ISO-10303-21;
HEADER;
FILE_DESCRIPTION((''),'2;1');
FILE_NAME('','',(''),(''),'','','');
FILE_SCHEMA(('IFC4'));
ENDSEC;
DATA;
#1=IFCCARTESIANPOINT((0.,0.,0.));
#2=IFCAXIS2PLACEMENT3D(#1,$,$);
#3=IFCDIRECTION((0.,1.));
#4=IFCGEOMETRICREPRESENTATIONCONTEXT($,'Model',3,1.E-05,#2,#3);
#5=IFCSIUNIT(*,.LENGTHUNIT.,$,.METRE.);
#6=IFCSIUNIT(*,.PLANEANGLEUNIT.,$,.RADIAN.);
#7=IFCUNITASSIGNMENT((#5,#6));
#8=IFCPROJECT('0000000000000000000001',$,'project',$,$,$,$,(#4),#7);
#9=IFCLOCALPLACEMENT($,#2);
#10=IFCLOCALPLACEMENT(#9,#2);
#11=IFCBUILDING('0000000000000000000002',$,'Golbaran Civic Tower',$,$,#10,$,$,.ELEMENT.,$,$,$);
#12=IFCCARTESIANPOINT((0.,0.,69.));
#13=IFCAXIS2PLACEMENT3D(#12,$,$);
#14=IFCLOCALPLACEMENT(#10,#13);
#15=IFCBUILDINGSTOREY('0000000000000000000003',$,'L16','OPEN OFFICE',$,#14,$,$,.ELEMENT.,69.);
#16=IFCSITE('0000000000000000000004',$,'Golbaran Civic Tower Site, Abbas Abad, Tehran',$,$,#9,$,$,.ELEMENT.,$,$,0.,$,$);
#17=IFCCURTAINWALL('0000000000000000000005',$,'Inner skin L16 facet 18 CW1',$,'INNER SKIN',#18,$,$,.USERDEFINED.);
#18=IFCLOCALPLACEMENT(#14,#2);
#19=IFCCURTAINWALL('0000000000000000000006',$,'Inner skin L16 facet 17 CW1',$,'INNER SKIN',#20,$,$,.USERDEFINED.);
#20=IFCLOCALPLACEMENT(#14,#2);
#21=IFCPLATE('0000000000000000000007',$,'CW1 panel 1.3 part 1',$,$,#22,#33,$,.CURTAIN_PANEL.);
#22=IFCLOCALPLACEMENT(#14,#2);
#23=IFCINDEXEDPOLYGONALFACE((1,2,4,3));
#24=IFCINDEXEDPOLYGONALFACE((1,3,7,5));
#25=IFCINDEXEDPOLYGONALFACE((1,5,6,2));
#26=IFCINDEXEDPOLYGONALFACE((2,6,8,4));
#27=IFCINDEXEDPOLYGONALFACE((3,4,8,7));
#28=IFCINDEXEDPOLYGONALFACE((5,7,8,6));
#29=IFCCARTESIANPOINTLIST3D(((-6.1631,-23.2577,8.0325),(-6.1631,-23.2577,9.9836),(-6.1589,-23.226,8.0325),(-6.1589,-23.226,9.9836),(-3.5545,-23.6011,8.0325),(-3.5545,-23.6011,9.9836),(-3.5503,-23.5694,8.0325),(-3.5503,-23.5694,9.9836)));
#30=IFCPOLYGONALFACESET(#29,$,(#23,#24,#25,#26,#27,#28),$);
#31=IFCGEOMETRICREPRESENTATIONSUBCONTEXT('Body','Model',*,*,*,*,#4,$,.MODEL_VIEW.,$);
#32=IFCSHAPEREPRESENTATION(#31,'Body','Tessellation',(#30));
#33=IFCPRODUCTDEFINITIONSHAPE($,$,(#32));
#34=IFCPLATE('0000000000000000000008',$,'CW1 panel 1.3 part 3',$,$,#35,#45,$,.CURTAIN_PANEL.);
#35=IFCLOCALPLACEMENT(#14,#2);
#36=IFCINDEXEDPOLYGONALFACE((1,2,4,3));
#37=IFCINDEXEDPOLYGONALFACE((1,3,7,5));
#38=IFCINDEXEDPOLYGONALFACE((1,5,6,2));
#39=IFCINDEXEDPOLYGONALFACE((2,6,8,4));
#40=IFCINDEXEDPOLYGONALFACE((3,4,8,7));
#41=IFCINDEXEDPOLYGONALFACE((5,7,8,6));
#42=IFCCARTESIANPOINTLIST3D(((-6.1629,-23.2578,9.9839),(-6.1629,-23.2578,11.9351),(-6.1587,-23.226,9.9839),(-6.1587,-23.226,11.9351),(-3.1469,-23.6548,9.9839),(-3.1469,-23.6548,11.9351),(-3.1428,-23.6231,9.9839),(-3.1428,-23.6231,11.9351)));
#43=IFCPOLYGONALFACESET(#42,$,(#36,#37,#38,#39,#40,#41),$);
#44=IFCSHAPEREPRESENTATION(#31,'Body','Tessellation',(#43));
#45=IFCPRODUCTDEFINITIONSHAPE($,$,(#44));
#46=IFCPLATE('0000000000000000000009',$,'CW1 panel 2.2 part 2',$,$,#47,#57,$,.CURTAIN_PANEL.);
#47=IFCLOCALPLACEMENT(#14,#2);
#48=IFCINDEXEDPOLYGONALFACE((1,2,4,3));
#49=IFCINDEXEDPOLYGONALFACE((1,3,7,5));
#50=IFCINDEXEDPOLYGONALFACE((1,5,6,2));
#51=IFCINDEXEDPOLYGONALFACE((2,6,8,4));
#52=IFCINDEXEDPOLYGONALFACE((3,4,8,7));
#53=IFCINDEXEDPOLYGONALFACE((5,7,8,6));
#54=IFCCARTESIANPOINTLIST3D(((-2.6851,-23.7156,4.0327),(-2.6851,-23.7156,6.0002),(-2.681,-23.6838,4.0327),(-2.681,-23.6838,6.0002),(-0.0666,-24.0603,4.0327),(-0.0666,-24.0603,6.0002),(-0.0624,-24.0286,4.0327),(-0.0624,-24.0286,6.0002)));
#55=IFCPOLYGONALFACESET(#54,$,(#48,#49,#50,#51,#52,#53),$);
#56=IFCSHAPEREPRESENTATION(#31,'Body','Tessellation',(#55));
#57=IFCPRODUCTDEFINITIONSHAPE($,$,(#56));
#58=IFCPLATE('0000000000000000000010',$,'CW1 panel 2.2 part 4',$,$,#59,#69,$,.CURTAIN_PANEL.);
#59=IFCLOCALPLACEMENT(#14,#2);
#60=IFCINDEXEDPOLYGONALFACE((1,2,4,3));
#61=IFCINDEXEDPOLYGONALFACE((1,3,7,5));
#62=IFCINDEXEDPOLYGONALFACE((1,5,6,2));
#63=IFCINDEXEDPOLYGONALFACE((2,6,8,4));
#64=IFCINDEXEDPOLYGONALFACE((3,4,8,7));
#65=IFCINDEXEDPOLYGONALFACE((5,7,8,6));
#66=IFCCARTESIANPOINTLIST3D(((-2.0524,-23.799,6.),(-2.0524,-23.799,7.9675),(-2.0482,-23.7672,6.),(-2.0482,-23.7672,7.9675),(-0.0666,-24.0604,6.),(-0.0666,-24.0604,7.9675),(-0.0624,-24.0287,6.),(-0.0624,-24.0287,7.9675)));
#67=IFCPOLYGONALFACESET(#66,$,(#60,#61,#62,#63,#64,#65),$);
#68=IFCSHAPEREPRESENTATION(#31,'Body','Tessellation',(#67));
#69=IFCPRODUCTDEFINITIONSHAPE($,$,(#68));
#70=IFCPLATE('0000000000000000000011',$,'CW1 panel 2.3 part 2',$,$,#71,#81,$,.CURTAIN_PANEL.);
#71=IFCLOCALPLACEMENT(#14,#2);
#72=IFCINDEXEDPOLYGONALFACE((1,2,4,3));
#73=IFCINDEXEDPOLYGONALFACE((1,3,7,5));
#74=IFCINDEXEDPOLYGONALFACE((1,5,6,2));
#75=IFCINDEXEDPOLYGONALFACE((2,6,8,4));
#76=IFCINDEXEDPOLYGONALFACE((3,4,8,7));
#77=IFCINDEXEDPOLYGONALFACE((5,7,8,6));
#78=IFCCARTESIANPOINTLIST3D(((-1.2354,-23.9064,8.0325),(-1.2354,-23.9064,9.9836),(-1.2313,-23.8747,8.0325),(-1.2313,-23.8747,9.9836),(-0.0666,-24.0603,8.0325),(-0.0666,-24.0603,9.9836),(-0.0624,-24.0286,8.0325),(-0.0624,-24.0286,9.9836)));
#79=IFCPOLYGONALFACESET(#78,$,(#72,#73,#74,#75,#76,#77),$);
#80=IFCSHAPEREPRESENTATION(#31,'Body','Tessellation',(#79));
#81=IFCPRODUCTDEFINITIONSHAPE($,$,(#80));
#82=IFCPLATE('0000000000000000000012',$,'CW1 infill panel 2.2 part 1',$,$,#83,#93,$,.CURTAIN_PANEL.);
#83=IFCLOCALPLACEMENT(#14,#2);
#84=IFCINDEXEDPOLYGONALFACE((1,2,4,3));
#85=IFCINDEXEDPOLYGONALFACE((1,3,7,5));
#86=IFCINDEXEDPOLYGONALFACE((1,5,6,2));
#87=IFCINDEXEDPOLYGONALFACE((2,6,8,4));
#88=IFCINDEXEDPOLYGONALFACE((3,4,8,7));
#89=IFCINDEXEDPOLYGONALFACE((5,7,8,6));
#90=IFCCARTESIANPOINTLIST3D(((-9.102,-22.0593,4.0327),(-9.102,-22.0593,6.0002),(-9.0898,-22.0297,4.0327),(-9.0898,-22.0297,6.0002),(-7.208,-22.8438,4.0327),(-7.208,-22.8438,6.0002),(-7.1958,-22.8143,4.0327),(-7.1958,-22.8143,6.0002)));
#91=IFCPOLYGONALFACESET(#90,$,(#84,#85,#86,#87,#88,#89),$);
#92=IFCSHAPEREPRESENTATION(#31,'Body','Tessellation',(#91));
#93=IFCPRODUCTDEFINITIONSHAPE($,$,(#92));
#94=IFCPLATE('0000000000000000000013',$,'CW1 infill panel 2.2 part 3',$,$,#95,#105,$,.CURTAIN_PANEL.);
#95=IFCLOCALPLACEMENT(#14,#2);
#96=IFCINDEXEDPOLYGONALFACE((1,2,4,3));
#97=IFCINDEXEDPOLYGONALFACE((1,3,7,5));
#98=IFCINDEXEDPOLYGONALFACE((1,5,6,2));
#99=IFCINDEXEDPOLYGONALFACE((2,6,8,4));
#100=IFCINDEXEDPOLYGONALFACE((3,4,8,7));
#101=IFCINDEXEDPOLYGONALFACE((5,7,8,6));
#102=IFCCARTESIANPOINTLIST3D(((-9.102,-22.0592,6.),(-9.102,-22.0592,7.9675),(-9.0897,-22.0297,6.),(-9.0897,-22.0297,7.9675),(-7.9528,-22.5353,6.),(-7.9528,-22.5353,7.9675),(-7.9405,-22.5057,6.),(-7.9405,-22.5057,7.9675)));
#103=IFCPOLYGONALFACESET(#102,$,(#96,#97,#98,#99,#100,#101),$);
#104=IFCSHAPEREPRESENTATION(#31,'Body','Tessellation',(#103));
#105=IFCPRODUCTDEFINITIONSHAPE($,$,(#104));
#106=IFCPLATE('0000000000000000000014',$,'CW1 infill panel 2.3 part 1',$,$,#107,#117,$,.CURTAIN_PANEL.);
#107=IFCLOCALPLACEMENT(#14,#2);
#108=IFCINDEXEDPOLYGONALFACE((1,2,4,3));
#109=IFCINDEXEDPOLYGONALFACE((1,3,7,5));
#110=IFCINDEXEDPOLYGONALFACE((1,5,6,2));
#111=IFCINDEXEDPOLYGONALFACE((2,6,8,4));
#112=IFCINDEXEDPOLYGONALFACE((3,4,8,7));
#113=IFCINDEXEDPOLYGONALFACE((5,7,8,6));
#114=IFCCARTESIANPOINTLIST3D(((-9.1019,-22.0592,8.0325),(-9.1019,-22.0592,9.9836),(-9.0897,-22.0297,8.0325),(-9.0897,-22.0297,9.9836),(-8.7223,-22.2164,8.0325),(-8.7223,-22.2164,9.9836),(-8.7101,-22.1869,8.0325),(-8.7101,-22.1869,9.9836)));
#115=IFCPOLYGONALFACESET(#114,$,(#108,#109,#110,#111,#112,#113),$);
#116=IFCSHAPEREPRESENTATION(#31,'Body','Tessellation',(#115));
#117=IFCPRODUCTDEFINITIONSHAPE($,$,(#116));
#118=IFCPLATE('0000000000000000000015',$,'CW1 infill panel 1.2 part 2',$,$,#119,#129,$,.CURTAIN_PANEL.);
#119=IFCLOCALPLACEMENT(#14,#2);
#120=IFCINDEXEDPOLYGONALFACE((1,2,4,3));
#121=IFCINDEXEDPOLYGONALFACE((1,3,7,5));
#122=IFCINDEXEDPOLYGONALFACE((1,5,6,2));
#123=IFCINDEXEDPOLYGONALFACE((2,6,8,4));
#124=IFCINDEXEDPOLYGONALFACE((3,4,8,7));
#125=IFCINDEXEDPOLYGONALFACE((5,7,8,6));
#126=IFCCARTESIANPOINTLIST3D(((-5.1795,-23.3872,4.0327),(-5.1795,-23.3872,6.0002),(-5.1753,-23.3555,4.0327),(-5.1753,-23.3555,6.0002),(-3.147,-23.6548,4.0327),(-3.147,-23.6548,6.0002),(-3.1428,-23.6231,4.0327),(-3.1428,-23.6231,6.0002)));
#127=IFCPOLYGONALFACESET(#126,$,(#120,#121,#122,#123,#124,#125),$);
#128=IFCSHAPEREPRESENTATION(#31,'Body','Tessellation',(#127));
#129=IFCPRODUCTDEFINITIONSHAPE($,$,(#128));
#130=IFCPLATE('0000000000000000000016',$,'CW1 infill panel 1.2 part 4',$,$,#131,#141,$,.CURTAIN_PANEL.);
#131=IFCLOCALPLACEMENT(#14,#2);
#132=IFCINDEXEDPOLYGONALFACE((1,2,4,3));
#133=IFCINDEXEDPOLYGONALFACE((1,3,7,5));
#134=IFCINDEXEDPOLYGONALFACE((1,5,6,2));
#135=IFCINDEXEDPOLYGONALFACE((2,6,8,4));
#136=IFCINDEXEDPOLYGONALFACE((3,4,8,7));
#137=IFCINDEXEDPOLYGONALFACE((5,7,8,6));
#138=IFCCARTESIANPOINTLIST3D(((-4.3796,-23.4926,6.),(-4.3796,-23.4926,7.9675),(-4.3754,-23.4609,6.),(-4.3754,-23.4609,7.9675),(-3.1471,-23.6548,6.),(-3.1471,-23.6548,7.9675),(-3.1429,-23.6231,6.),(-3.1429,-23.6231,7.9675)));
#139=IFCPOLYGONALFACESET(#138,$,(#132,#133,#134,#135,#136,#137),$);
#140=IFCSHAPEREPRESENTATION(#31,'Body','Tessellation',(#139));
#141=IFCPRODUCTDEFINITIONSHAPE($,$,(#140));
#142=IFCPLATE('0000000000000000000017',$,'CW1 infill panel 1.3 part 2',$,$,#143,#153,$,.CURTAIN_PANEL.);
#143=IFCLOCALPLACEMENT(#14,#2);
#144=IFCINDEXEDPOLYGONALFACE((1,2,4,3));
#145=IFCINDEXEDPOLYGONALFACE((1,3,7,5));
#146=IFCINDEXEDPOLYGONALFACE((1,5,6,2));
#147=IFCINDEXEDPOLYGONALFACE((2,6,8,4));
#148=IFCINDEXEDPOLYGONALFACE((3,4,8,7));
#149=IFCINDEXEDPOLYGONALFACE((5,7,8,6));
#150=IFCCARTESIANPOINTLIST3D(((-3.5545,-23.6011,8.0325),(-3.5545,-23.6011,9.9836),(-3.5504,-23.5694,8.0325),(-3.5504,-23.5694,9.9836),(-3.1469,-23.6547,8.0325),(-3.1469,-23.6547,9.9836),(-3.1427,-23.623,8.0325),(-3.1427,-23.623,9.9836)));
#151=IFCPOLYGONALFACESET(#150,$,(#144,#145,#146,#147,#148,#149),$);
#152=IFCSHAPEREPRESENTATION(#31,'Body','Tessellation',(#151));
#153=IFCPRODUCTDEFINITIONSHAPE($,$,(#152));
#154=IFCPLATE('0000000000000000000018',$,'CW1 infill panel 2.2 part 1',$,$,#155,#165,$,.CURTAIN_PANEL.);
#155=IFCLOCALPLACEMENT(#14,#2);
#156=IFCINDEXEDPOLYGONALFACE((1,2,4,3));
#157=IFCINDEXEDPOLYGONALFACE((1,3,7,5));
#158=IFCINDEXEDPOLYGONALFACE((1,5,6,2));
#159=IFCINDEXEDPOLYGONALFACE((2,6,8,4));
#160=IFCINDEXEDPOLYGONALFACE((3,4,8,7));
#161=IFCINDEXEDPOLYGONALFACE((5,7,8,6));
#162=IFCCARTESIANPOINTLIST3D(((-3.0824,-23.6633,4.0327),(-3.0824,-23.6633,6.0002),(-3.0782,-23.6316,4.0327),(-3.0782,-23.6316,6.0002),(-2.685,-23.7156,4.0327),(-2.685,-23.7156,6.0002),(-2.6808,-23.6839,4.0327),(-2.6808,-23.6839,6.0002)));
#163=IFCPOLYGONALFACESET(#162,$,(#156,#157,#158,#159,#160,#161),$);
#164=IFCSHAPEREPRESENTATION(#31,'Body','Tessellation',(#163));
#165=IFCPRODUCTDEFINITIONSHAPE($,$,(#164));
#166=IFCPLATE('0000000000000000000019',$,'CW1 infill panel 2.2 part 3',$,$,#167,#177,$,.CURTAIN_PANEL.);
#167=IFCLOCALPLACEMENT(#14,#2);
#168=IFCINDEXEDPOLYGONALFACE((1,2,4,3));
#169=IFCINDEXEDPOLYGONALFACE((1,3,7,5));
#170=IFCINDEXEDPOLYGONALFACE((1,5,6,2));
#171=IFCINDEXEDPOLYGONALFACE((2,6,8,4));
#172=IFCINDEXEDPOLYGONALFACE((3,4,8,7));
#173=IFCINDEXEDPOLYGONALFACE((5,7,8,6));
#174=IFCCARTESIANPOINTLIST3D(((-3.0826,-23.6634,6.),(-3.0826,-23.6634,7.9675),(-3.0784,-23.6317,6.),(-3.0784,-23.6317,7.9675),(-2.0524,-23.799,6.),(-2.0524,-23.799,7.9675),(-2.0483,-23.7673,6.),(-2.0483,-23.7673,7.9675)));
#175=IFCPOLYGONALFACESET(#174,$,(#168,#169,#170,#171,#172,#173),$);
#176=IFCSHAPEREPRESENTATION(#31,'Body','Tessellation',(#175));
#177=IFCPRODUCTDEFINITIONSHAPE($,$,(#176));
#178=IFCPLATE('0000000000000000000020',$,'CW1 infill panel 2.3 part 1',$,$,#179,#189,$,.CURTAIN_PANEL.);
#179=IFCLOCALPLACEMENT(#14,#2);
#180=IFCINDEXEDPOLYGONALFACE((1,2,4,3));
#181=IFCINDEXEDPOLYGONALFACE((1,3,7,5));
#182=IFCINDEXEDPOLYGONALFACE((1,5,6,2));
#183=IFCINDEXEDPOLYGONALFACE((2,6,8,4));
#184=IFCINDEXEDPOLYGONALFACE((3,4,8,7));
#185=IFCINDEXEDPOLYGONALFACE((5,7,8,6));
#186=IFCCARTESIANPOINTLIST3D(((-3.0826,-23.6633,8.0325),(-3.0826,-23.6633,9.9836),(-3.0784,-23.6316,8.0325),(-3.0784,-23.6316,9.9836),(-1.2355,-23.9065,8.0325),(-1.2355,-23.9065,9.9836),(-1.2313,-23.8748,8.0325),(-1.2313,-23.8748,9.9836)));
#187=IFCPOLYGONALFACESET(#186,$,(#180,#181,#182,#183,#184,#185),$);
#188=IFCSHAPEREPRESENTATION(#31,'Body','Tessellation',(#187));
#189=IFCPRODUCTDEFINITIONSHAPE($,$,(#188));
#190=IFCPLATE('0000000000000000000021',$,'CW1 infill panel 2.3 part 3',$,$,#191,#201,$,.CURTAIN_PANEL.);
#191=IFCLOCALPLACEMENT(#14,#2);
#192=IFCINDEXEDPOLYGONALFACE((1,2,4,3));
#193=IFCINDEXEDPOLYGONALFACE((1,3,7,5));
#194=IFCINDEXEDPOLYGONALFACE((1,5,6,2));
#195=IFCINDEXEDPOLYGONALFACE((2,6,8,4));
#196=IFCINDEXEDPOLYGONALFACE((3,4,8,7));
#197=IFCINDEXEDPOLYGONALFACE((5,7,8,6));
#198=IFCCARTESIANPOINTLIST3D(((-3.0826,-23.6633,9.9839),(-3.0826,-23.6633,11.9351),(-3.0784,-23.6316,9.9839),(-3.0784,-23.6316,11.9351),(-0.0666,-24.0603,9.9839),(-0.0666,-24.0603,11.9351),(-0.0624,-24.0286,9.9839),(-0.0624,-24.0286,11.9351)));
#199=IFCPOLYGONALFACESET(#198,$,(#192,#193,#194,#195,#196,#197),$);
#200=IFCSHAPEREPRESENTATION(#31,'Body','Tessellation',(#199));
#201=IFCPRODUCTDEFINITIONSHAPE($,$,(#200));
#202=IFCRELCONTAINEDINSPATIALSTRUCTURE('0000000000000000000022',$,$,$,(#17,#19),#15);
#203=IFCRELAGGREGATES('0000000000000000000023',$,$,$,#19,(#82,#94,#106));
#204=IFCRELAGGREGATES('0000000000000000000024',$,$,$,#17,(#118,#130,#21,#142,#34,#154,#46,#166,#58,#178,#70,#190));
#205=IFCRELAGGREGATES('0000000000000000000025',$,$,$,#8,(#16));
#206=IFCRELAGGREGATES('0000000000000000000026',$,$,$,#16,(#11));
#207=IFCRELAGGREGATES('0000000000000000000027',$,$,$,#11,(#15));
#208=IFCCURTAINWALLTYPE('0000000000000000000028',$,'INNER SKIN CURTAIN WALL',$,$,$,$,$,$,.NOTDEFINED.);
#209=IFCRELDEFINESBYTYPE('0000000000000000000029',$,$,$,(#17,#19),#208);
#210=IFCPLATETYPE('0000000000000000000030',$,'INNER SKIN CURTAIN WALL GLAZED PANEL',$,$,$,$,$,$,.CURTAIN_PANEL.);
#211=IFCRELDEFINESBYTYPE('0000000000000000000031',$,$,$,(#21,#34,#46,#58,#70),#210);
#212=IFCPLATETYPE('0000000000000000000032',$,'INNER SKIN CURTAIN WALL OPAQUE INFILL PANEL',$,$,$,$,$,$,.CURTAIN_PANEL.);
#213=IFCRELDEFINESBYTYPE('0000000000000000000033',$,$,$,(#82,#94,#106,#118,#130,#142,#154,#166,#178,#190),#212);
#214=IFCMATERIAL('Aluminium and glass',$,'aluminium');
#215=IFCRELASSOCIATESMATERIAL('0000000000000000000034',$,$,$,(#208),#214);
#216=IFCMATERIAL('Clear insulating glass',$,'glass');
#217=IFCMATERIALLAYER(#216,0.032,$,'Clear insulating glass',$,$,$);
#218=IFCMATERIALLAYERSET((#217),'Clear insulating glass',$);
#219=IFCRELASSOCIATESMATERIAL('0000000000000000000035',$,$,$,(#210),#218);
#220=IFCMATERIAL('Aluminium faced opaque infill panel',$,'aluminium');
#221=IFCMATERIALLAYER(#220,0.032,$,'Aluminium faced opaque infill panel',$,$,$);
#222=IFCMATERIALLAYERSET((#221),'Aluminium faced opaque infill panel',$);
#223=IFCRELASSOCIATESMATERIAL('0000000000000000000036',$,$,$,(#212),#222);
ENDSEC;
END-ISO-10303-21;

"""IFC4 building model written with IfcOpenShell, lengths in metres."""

from ifc_helpers import new_model, si_unit, direction, frame, origin, origin_2d, place, context, subcontext, project, spatial, rectangle, extrude, material, layer, layer_set, type_object, element, aggregate, save


model = new_model("IFC4")

# Units and contexts
model_context = context("Model", 3, precision=1e-05, world=origin(), true_north=direction((0.0, 1.0)))
body_context = subcontext(model_context, "Body", "Model", "MODEL_VIEW")
ifc_project = project(units=[si_unit("LENGTHUNIT", "METRE"), si_unit("PLANEANGLEUNIT", "RADIAN")], contexts=[model_context])

# Site, building, storey
site_placement = place(None, origin())
site = spatial("IfcSite", under=ifc_project, at=site_placement, Name="Golbaran Civic Tower Site, Abbas Abad, Tehran", CompositionType="ELEMENT", RefElevation=0.0)
building_placement = place(site_placement, origin())
building = spatial("IfcBuilding", under=site, at=building_placement, Name="Golbaran Civic Tower", CompositionType="ELEMENT")
storey_placement = place(building_placement, frame((0.0, 0.0, 69.0)))
storey = spatial("IfcBuildingStorey", under=building, at=storey_placement, Name="L16", Description="OPEN OFFICE", CompositionType="ELEMENT", Elevation=69.0)

# Curtain wall
ifc_material_1 = material(Name="Aluminium and glass", Category="aluminium")
curtain_wall_type_1 = type_object("IfcCurtainWallType", Name="INNER SKIN CURTAIN WALL", PredefinedType="NOTDEFINED", material=ifc_material_1)
curtain_wall_1_placement = place(storey_placement, origin())
curtain_wall_1 = element("IfcCurtainWall", 1, at=curtain_wall_1_placement, inside=storey, type_object=curtain_wall_type_1, Name="Inner skin L16 facet 18 CW1", ObjectType="INNER SKIN", PredefinedType="USERDEFINED")

# Curtain wall
curtain_wall_2_placement = place(storey_placement, origin())
curtain_wall_2 = element("IfcCurtainWall", 2, at=curtain_wall_2_placement, inside=storey, type_object=curtain_wall_type_1, Name="Inner skin L16 facet 17 CW1", ObjectType="INNER SKIN", PredefinedType="USERDEFINED")
ifc_material_2 = material(Name="Clear insulating glass", Category="glass")
ifc_layer_1 = layer(ifc_material_2, 0.032, Name="Clear insulating glass")
ifc_layer_set_1 = layer_set([ifc_layer_1], Name="Clear insulating glass")
plate_type_1 = type_object("IfcPlateType", Name="INNER SKIN CURTAIN WALL GLAZED PANEL", PredefinedType="CURTAIN_PANEL", material=ifc_layer_set_1)

# Plates
plate_1_placement = place(storey_placement, frame((-4.8567, -23.4136, 8.0325), z_axis=(0.0, 0.0, 1.0), x_axis=(0.991445, -0.130526, 0.0)))
plate_1 = element("IfcPlate", 3, at=plate_1_placement, type_object=plate_type_1, Name="CW1 panel 1.3 part 1", PredefinedType="CURTAIN_PANEL", context=body_context, shape_type="SweptSolid", body=[
    extrude(rectangle(XDim=2.6311, YDim=0.032, at=origin_2d()), origin(), (0.0, 0.0, 1.0), 1.9512),
])
plate_2_placement = place(storey_placement, frame((-4.6528, -23.4404, 9.9839), z_axis=(0.0, 0.0, 1.0), x_axis=(0.991445, -0.130526, 0.0)))
plate_2 = element("IfcPlate", 4, at=plate_2_placement, type_object=plate_type_1, Name="CW1 panel 1.3 part 3", PredefinedType="CURTAIN_PANEL", context=body_context, shape_type="SweptSolid", body=[
    extrude(rectangle(XDim=3.042, YDim=0.032, at=origin_2d()), origin(), (0.0, 0.0, 1.0), 1.9512),
])
plate_3_placement = place(storey_placement, frame((-1.3738, -23.8721, 4.0327), z_axis=(0.0, 0.0, 1.0), x_axis=(0.991445, -0.130526, 0.0)))
plate_3 = element("IfcPlate", 5, at=plate_3_placement, type_object=plate_type_1, Name="CW1 panel 2.2 part 2", PredefinedType="CURTAIN_PANEL", context=body_context, shape_type="SweptSolid", body=[
    extrude(rectangle(XDim=2.6411, YDim=0.032, at=origin_2d()), origin(), (0.0, 0.0, 1.0), 1.9675),
])
plate_4_placement = place(storey_placement, frame((-1.0574, -23.9138, 6.0), z_axis=(0.0, 0.0, 1.0), x_axis=(0.991445, -0.130526, 0.0)))
plate_4 = element("IfcPlate", 6, at=plate_4_placement, type_object=plate_type_1, Name="CW1 panel 2.2 part 4", PredefinedType="CURTAIN_PANEL", context=body_context, shape_type="SweptSolid", body=[
    extrude(rectangle(XDim=2.0029, YDim=0.032, at=origin_2d()), origin(), (0.0, 0.0, 1.0), 1.9675),
])
plate_5_placement = place(storey_placement, frame((-0.6489, -23.9675, 8.0325), z_axis=(0.0, 0.0, 1.0), x_axis=(0.991445, -0.130526, 0.0)))
plate_5 = element("IfcPlate", 7, at=plate_5_placement, type_object=plate_type_1, Name="CW1 panel 2.3 part 2", PredefinedType="CURTAIN_PANEL", context=body_context, shape_type="SweptSolid", body=[
    extrude(rectangle(XDim=1.179, YDim=0.032, at=origin_2d()), origin(), (0.0, 0.0, 1.0), 1.9512),
])
ifc_material_3 = material(Name="Aluminium faced opaque infill panel", Category="aluminium")
ifc_layer_2 = layer(ifc_material_3, 0.032, Name="Aluminium faced opaque infill panel")
ifc_layer_set_2 = layer_set([ifc_layer_2], Name="Aluminium faced opaque infill panel")
plate_type_2 = type_object("IfcPlateType", Name="INNER SKIN CURTAIN WALL OPAQUE INFILL PANEL", PredefinedType="CURTAIN_PANEL", material=ifc_layer_set_2)
plate_6_placement = place(storey_placement, frame((-8.1489, -22.4368, 4.0327), z_axis=(0.0, 0.0, 1.0), x_axis=(0.92388, -0.382683, 0.0)))
plate_6 = element("IfcPlate", 8, at=plate_6_placement, type_object=plate_type_2, Name="CW1 infill panel 2.2 part 1", PredefinedType="CURTAIN_PANEL", context=body_context, shape_type="SweptSolid", body=[
    extrude(rectangle(XDim=2.05, YDim=0.032, at=origin_2d()), origin(), (0.0, 0.0, 1.0), 1.9675),
])
plate_7_placement = place(storey_placement, frame((-8.5212, -22.2825, 6.0), z_axis=(0.0, 0.0, 1.0), x_axis=(0.92388, -0.382683, 0.0)))
plate_7 = element("IfcPlate", 9, at=plate_7_placement, type_object=plate_type_2, Name="CW1 infill panel 2.2 part 3", PredefinedType="CURTAIN_PANEL", context=body_context, shape_type="SweptSolid", body=[
    extrude(rectangle(XDim=1.2439, YDim=0.032, at=origin_2d()), origin(), (0.0, 0.0, 1.0), 1.9675),
])
plate_8_placement = place(storey_placement, frame((-8.906, -22.123, 8.0325), z_axis=(0.0, 0.0, 1.0), x_axis=(0.92388, -0.382683, 0.0)))
plate_8 = element("IfcPlate", 10, at=plate_8_placement, type_object=plate_type_2, Name="CW1 infill panel 2.3 part 1", PredefinedType="CURTAIN_PANEL", context=body_context, shape_type="SweptSolid", body=[
    extrude(rectangle(XDim=0.4109, YDim=0.032, at=origin_2d()), origin(), (0.0, 0.0, 1.0), 1.9512),
])
aggregate(curtain_wall_2, [plate_6, plate_7, plate_8])
plate_9_placement = place(storey_placement, frame((-4.1611, -23.5051, 4.0327), z_axis=(0.0, 0.0, 1.0), x_axis=(0.991445, -0.130526, 0.0)))
plate_9 = element("IfcPlate", 11, at=plate_9_placement, type_object=plate_type_2, Name="CW1 infill panel 1.2 part 2", PredefinedType="CURTAIN_PANEL", context=body_context, shape_type="SweptSolid", body=[
    extrude(rectangle(XDim=2.05, YDim=0.032, at=origin_2d()), origin(), (0.0, 0.0, 1.0), 1.9675),
])
plate_10_placement = place(storey_placement, frame((-3.7612, -23.5579, 6.0), z_axis=(0.0, 0.0, 1.0), x_axis=(0.991445, -0.130526, 0.0)))
plate_10 = element("IfcPlate", 12, at=plate_10_placement, type_object=plate_type_2, Name="CW1 infill panel 1.2 part 4", PredefinedType="CURTAIN_PANEL", context=body_context, shape_type="SweptSolid", body=[
    extrude(rectangle(XDim=1.2432, YDim=0.032, at=origin_2d()), origin(), (0.0, 0.0, 1.0), 1.9675),
])
plate_11_placement = place(storey_placement, frame((-3.3486, -23.6121, 8.0325), z_axis=(0.0, 0.0, 1.0), x_axis=(0.991445, -0.130526, 0.0)))
plate_11 = element("IfcPlate", 13, at=plate_11_placement, type_object=plate_type_2, Name="CW1 infill panel 1.3 part 2", PredefinedType="CURTAIN_PANEL", context=body_context, shape_type="SweptSolid", body=[
    extrude(rectangle(XDim=0.4111, YDim=0.032, at=origin_2d()), origin(), (0.0, 0.0, 1.0), 1.9512),
])
plate_12_placement = place(storey_placement, frame((-2.8816, -23.6736, 4.0327), z_axis=(0.0, 0.0, 1.0), x_axis=(0.991445, -0.130526, 0.0)))
plate_12 = element("IfcPlate", 14, at=plate_12_placement, type_object=plate_type_2, Name="CW1 infill panel 2.2 part 1", PredefinedType="CURTAIN_PANEL", context=body_context, shape_type="SweptSolid", body=[
    extrude(rectangle(XDim=0.4009, YDim=0.032, at=origin_2d()), origin(), (0.0, 0.0, 1.0), 1.9675),
])
plate_13_placement = place(storey_placement, frame((-2.5654, -23.7153, 6.0), z_axis=(0.0, 0.0, 1.0), x_axis=(0.991445, -0.130526, 0.0)))
plate_13 = element("IfcPlate", 15, at=plate_13_placement, type_object=plate_type_2, Name="CW1 infill panel 2.2 part 3", PredefinedType="CURTAIN_PANEL", context=body_context, shape_type="SweptSolid", body=[
    extrude(rectangle(XDim=1.0391, YDim=0.032, at=origin_2d()), origin(), (0.0, 0.0, 1.0), 1.9675),
])
plate_14_placement = place(storey_placement, frame((-2.157, -23.769, 8.0325), z_axis=(0.0, 0.0, 1.0), x_axis=(0.991445, -0.130526, 0.0)))
plate_14 = element("IfcPlate", 16, at=plate_14_placement, type_object=plate_type_2, Name="CW1 infill panel 2.3 part 1", PredefinedType="CURTAIN_PANEL", context=body_context, shape_type="SweptSolid", body=[
    extrude(rectangle(XDim=1.863, YDim=0.032, at=origin_2d()), origin(), (0.0, 0.0, 1.0), 1.9512),
])
plate_15_placement = place(storey_placement, frame((-1.5725, -23.8459, 9.9839), z_axis=(0.0, 0.0, 1.0), x_axis=(0.991445, -0.130526, 0.0)))
plate_15 = element("IfcPlate", 17, at=plate_15_placement, type_object=plate_type_2, Name="CW1 infill panel 2.3 part 3", PredefinedType="CURTAIN_PANEL", context=body_context, shape_type="SweptSolid", body=[
    extrude(rectangle(XDim=3.042, YDim=0.032, at=origin_2d()), origin(), (0.0, 0.0, 1.0), 1.9512),
])
aggregate(curtain_wall_1, [plate_9, plate_10, plate_1, plate_11, plate_2, plate_12, plate_3, plate_13, plate_4, plate_14, plate_5, plate_15])

save(model, "model.ifc")
